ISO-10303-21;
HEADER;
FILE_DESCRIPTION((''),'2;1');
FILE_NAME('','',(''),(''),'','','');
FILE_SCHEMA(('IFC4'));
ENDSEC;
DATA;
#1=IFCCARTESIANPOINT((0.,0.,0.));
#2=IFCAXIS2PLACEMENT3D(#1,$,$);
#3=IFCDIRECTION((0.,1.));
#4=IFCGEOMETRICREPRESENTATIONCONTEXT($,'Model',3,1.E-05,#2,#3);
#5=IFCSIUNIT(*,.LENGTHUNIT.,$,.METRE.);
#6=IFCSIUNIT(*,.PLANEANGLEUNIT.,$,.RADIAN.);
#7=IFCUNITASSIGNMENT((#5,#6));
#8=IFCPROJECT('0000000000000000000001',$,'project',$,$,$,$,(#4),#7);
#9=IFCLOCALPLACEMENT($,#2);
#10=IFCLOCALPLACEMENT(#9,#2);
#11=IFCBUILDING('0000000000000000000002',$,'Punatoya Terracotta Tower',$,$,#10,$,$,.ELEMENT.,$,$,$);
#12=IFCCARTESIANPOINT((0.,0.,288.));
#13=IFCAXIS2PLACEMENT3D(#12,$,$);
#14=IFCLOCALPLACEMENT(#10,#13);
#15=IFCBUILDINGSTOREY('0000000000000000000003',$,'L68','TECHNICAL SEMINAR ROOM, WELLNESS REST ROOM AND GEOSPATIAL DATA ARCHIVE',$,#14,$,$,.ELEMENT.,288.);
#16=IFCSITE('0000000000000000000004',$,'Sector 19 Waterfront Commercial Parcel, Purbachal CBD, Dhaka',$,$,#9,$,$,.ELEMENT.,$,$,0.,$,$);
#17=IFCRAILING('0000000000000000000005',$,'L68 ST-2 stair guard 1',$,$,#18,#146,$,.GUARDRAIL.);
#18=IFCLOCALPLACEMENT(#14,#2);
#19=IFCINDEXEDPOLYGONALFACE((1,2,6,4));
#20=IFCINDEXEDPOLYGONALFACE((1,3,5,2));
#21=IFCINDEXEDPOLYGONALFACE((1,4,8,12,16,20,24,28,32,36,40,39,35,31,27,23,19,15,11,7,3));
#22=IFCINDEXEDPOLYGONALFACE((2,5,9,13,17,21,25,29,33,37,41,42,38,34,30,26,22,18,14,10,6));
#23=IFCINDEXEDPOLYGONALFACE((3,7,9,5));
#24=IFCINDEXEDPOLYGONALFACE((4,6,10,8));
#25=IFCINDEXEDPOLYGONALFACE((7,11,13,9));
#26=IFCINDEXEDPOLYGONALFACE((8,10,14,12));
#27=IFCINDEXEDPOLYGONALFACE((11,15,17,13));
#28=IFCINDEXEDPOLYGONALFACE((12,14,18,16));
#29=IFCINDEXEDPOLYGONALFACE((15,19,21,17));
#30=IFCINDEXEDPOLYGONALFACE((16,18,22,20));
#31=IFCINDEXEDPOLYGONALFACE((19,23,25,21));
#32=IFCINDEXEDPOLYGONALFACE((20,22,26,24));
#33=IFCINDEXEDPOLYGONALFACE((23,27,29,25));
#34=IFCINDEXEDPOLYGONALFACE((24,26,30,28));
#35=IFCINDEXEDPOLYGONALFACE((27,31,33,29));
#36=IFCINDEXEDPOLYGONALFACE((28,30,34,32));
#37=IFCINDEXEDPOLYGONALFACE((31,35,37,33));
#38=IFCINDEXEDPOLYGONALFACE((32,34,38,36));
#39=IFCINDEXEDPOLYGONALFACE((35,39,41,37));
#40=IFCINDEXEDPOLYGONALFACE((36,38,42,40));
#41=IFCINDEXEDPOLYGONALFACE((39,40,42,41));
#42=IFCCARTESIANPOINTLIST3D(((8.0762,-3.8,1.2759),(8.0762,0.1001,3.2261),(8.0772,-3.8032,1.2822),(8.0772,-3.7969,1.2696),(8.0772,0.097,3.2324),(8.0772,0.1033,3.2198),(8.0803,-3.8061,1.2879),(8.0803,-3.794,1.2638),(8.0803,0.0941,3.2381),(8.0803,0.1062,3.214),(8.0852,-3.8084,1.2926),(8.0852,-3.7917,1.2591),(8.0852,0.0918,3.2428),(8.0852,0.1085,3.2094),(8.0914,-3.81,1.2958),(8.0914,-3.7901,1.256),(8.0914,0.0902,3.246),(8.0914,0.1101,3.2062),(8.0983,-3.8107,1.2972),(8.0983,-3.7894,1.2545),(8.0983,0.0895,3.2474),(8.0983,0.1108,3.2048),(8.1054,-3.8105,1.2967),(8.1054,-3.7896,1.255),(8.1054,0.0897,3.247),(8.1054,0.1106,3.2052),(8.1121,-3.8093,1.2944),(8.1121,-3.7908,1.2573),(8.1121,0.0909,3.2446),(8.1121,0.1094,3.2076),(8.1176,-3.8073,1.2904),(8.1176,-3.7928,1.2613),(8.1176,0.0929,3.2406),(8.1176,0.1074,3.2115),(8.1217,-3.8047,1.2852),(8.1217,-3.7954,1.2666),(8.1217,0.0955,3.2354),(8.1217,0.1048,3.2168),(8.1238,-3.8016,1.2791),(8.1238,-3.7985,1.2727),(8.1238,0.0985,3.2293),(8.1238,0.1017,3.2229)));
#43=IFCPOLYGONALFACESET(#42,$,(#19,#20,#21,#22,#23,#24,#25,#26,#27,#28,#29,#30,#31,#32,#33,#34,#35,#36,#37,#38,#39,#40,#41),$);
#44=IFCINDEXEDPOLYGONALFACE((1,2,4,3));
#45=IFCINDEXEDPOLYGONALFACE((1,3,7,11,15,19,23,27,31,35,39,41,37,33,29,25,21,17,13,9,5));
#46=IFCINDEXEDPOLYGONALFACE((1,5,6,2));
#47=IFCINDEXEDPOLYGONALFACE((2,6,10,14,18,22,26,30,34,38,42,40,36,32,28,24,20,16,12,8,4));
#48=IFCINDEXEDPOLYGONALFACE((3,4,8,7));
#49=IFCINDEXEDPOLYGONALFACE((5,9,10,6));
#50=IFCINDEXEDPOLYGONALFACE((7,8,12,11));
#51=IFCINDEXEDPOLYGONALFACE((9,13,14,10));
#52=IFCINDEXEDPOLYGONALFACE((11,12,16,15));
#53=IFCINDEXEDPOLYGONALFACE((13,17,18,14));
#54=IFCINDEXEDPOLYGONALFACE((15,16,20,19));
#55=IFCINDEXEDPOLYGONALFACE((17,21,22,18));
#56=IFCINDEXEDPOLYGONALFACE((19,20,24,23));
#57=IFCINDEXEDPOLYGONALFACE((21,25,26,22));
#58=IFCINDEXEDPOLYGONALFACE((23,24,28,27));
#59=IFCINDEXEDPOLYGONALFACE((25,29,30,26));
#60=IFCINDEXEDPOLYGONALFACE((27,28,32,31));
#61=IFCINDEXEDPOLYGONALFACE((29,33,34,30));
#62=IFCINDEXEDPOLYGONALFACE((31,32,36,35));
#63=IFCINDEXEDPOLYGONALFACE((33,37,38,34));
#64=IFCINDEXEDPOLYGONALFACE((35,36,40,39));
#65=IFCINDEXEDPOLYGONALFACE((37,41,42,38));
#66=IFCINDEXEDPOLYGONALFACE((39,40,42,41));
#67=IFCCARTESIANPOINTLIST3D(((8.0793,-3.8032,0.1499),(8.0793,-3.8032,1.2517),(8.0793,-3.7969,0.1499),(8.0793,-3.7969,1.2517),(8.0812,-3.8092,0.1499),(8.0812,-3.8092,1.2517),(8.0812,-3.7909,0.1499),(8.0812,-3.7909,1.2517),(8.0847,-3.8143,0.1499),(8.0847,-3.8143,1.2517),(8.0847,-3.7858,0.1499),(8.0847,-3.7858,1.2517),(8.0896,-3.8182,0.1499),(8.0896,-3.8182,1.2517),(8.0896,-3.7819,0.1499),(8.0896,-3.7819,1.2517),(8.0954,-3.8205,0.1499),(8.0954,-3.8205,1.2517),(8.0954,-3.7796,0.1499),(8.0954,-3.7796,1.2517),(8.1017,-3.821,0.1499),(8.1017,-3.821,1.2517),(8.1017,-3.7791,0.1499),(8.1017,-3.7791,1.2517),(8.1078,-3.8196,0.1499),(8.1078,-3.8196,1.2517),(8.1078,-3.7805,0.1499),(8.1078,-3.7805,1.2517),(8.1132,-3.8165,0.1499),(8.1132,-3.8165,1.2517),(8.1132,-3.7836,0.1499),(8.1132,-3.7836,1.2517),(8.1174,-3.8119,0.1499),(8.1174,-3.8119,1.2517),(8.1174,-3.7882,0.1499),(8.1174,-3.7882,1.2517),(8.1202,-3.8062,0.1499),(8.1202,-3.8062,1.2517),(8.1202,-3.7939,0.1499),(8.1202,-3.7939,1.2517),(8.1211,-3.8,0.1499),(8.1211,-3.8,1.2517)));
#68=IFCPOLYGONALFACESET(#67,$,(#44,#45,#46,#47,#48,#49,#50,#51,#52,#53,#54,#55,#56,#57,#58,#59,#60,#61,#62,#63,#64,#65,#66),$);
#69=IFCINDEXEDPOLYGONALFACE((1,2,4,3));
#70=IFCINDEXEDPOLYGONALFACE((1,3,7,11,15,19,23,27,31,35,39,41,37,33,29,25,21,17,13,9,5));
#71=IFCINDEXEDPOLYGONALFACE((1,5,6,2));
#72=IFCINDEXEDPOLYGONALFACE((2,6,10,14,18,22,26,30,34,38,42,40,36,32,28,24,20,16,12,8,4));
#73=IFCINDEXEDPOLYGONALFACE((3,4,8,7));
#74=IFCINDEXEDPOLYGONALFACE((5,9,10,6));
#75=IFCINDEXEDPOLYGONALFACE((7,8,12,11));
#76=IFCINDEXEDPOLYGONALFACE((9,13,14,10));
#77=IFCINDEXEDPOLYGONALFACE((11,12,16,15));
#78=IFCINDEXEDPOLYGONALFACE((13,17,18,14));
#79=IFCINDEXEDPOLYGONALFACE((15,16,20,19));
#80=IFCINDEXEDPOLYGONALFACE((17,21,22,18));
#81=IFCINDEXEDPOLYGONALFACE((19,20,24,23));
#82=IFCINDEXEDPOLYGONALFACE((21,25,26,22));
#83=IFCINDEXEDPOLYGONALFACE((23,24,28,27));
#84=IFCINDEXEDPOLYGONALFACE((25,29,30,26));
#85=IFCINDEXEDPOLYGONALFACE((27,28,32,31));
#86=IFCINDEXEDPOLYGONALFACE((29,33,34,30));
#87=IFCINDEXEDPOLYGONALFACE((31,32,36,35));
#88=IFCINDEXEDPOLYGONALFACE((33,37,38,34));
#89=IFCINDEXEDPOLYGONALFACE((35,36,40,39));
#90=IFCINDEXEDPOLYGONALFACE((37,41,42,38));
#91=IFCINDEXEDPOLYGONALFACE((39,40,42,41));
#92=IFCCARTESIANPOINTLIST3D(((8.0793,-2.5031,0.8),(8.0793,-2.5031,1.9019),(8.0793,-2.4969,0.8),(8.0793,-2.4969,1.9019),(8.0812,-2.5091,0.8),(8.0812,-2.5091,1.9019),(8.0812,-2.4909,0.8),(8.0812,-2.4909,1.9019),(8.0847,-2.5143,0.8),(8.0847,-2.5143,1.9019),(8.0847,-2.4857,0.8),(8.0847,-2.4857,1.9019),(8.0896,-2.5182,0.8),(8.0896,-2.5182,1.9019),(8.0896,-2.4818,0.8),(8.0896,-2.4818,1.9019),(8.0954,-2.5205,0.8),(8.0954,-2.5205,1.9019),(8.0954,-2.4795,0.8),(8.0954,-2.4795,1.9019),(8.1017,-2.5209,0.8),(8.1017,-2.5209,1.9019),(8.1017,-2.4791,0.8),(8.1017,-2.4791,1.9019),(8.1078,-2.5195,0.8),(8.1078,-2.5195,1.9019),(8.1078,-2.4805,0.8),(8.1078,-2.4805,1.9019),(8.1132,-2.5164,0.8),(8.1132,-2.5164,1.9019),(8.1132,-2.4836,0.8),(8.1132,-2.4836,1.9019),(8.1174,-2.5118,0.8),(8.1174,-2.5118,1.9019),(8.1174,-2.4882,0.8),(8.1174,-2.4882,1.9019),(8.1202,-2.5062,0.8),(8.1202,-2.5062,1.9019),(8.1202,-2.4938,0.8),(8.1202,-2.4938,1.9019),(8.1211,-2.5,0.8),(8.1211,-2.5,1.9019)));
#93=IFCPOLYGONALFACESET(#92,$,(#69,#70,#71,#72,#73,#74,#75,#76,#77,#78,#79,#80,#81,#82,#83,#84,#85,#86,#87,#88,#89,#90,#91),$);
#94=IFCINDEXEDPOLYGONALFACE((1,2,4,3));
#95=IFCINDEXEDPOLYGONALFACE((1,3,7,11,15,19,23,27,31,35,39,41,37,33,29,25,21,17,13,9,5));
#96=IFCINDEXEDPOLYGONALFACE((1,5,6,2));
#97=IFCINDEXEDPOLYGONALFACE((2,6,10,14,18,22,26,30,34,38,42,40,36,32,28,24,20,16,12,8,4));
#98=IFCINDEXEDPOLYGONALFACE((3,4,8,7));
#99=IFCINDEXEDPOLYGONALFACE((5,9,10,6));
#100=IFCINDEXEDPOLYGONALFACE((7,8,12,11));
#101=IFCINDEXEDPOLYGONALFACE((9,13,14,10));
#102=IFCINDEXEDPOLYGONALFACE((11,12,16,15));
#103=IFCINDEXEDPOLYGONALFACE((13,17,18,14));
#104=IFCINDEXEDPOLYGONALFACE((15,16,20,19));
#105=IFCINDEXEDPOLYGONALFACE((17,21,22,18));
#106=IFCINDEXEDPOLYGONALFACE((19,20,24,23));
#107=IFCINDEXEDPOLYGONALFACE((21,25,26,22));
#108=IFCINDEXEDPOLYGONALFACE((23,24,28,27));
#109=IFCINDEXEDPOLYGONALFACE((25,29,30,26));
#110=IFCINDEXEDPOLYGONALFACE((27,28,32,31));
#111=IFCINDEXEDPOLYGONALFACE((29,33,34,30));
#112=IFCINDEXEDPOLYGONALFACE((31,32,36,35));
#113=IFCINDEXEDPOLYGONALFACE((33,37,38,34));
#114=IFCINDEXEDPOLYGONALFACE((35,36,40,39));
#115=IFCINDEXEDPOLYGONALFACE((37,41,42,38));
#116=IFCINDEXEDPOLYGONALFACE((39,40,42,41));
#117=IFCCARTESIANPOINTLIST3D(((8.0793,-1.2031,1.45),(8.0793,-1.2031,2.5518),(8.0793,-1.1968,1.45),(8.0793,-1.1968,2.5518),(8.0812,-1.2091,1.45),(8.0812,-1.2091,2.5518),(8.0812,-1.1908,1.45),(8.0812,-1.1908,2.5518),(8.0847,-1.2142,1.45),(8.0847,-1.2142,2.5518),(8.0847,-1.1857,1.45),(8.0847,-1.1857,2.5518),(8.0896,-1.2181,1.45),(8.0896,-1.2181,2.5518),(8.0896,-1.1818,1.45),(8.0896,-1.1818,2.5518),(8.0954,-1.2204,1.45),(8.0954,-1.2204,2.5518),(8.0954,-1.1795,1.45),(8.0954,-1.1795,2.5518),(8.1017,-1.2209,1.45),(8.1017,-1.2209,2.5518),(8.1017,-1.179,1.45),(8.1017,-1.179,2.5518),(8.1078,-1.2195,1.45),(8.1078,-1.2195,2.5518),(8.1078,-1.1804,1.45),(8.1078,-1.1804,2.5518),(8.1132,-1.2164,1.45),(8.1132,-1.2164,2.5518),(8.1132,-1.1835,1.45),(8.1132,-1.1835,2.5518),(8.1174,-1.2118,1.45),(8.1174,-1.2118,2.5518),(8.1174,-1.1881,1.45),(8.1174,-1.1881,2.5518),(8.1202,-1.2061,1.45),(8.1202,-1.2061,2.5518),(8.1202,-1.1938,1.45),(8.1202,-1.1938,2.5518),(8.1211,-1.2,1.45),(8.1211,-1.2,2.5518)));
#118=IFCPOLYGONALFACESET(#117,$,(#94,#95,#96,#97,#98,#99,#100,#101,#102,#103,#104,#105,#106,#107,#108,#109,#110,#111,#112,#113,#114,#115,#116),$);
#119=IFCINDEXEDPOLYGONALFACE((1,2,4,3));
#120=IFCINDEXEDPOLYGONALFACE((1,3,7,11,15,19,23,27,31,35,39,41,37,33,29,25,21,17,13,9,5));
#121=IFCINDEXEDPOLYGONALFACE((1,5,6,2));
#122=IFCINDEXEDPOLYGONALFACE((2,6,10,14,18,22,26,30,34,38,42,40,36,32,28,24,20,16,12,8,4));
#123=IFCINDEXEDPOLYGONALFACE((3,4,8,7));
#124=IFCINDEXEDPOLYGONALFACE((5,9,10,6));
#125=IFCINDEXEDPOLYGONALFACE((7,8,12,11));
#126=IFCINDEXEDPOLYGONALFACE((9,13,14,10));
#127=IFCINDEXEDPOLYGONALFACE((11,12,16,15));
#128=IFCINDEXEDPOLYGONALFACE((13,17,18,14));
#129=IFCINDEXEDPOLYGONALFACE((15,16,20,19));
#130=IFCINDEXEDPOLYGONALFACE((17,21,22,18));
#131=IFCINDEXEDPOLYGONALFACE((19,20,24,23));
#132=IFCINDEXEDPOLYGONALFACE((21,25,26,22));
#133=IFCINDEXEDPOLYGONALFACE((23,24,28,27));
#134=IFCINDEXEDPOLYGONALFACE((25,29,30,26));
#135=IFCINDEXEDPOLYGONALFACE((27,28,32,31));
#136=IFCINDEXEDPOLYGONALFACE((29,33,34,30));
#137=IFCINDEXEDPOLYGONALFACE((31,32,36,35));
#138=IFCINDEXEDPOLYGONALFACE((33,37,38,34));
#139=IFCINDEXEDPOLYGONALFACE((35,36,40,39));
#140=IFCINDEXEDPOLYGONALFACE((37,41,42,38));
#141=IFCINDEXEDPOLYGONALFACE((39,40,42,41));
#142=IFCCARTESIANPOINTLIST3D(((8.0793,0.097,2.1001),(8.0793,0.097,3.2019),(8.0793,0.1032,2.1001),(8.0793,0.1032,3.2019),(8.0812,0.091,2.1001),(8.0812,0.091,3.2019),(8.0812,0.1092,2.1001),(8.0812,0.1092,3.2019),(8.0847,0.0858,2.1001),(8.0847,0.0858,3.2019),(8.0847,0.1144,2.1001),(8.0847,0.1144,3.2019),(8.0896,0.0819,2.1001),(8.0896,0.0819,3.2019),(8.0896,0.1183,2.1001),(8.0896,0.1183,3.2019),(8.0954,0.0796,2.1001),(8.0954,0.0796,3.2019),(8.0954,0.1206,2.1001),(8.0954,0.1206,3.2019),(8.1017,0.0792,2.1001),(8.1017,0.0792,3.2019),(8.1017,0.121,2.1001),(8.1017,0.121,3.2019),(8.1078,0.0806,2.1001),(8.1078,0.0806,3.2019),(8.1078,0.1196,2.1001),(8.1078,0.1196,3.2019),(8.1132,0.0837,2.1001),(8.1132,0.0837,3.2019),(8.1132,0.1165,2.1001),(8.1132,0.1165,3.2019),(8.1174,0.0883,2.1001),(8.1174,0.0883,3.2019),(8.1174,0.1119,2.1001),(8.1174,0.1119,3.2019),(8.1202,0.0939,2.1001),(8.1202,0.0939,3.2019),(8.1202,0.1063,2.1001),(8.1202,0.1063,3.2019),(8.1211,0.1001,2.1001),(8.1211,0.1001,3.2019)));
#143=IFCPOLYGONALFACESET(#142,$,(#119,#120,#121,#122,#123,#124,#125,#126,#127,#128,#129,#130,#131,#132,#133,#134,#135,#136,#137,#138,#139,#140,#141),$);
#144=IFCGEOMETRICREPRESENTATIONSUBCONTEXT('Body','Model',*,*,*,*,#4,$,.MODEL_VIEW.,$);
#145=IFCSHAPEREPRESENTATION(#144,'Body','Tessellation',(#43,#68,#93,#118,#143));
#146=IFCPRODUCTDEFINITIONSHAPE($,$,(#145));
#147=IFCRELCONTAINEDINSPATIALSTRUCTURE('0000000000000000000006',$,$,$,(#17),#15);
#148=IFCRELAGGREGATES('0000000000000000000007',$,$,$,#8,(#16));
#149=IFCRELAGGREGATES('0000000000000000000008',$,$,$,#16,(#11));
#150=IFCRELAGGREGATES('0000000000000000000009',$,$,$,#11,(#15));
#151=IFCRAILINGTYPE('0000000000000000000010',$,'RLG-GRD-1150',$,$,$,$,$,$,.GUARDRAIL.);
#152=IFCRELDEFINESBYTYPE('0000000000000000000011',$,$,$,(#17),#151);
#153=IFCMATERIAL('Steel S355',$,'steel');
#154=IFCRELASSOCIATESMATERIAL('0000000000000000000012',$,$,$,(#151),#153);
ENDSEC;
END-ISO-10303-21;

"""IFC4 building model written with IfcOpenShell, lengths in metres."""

from ifc_helpers import new_model, si_unit, direction, frame, origin, origin_2d, place, context, subcontext, project, spatial, circle, extrude, material, type_object, element, save


model = new_model("IFC4")

# Units and contexts
model_context = context("Model", 3, precision=1e-05, world=origin(), true_north=direction((0.0, 1.0)))
body_context = subcontext(model_context, "Body", "Model", "MODEL_VIEW")
ifc_project = project(units=[si_unit("LENGTHUNIT", "METRE"), si_unit("PLANEANGLEUNIT", "RADIAN")], contexts=[model_context])

# Site, building, storey
site_placement = place(None, origin())
site = spatial("IfcSite", under=ifc_project, at=site_placement, Name="Sector 19 Waterfront Commercial Parcel, Purbachal CBD, Dhaka", CompositionType="ELEMENT", RefElevation=0.0)
building_placement = place(site_placement, origin())
building = spatial("IfcBuilding", under=site, at=building_placement, Name="Punatoya Terracotta Tower", CompositionType="ELEMENT")
storey_placement = place(building_placement, frame((0.0, 0.0, 288.0)))
storey = spatial("IfcBuildingStorey", under=building, at=storey_placement, Name="L68", Description="TECHNICAL SEMINAR ROOM, WELLNESS REST ROOM AND GEOSPATIAL DATA ARCHIVE", CompositionType="ELEMENT", Elevation=288.0)

# Shared definitions
ifc_material_1 = material(Name="Steel S355", Category="steel")

# Railing
railing_type_1 = type_object("IfcRailingType", Name="RLG-GRD-1150", PredefinedType="GUARDRAIL", material=ifc_material_1)
railing_1_placement = place(storey_placement, frame((8.1001, -3.8, 0.1499)))
element("IfcRailing", 1, at=railing_1_placement, inside=storey, type_object=railing_type_1, Name="L68 ST-2 stair guard 1", PredefinedType="GUARDRAIL", context=body_context, shape_type="SweptSolid", body=[
    extrude(circle(Radius=0.0239, at=origin_2d()), frame((0.0, 0.0, 1.126), z_axis=(0.0, 0.894416, 0.447236), x_axis=(-1.0, 0.0, 0.0)), (0.0, 0.0, 1.0), 4.3606),
    extrude(circle(Radius=0.021, at=origin_2d()), origin(), (0.0, 0.0, 1.0), 1.1018),
    extrude(circle(Radius=0.021, at=origin_2d()), frame((0.0, 1.3, 0.6501)), (0.0, 0.0, 1.0), 1.1018),
    extrude(circle(Radius=0.021, at=origin_2d()), frame((0.0, 2.6001, 1.3)), (0.0, 0.0, 1.0), 1.1018),
    extrude(circle(Radius=0.021, at=origin_2d()), frame((0.0, 3.9001, 1.9502)), (0.0, 0.0, 1.0), 1.1018),
])

save(model, "model.ifc")
